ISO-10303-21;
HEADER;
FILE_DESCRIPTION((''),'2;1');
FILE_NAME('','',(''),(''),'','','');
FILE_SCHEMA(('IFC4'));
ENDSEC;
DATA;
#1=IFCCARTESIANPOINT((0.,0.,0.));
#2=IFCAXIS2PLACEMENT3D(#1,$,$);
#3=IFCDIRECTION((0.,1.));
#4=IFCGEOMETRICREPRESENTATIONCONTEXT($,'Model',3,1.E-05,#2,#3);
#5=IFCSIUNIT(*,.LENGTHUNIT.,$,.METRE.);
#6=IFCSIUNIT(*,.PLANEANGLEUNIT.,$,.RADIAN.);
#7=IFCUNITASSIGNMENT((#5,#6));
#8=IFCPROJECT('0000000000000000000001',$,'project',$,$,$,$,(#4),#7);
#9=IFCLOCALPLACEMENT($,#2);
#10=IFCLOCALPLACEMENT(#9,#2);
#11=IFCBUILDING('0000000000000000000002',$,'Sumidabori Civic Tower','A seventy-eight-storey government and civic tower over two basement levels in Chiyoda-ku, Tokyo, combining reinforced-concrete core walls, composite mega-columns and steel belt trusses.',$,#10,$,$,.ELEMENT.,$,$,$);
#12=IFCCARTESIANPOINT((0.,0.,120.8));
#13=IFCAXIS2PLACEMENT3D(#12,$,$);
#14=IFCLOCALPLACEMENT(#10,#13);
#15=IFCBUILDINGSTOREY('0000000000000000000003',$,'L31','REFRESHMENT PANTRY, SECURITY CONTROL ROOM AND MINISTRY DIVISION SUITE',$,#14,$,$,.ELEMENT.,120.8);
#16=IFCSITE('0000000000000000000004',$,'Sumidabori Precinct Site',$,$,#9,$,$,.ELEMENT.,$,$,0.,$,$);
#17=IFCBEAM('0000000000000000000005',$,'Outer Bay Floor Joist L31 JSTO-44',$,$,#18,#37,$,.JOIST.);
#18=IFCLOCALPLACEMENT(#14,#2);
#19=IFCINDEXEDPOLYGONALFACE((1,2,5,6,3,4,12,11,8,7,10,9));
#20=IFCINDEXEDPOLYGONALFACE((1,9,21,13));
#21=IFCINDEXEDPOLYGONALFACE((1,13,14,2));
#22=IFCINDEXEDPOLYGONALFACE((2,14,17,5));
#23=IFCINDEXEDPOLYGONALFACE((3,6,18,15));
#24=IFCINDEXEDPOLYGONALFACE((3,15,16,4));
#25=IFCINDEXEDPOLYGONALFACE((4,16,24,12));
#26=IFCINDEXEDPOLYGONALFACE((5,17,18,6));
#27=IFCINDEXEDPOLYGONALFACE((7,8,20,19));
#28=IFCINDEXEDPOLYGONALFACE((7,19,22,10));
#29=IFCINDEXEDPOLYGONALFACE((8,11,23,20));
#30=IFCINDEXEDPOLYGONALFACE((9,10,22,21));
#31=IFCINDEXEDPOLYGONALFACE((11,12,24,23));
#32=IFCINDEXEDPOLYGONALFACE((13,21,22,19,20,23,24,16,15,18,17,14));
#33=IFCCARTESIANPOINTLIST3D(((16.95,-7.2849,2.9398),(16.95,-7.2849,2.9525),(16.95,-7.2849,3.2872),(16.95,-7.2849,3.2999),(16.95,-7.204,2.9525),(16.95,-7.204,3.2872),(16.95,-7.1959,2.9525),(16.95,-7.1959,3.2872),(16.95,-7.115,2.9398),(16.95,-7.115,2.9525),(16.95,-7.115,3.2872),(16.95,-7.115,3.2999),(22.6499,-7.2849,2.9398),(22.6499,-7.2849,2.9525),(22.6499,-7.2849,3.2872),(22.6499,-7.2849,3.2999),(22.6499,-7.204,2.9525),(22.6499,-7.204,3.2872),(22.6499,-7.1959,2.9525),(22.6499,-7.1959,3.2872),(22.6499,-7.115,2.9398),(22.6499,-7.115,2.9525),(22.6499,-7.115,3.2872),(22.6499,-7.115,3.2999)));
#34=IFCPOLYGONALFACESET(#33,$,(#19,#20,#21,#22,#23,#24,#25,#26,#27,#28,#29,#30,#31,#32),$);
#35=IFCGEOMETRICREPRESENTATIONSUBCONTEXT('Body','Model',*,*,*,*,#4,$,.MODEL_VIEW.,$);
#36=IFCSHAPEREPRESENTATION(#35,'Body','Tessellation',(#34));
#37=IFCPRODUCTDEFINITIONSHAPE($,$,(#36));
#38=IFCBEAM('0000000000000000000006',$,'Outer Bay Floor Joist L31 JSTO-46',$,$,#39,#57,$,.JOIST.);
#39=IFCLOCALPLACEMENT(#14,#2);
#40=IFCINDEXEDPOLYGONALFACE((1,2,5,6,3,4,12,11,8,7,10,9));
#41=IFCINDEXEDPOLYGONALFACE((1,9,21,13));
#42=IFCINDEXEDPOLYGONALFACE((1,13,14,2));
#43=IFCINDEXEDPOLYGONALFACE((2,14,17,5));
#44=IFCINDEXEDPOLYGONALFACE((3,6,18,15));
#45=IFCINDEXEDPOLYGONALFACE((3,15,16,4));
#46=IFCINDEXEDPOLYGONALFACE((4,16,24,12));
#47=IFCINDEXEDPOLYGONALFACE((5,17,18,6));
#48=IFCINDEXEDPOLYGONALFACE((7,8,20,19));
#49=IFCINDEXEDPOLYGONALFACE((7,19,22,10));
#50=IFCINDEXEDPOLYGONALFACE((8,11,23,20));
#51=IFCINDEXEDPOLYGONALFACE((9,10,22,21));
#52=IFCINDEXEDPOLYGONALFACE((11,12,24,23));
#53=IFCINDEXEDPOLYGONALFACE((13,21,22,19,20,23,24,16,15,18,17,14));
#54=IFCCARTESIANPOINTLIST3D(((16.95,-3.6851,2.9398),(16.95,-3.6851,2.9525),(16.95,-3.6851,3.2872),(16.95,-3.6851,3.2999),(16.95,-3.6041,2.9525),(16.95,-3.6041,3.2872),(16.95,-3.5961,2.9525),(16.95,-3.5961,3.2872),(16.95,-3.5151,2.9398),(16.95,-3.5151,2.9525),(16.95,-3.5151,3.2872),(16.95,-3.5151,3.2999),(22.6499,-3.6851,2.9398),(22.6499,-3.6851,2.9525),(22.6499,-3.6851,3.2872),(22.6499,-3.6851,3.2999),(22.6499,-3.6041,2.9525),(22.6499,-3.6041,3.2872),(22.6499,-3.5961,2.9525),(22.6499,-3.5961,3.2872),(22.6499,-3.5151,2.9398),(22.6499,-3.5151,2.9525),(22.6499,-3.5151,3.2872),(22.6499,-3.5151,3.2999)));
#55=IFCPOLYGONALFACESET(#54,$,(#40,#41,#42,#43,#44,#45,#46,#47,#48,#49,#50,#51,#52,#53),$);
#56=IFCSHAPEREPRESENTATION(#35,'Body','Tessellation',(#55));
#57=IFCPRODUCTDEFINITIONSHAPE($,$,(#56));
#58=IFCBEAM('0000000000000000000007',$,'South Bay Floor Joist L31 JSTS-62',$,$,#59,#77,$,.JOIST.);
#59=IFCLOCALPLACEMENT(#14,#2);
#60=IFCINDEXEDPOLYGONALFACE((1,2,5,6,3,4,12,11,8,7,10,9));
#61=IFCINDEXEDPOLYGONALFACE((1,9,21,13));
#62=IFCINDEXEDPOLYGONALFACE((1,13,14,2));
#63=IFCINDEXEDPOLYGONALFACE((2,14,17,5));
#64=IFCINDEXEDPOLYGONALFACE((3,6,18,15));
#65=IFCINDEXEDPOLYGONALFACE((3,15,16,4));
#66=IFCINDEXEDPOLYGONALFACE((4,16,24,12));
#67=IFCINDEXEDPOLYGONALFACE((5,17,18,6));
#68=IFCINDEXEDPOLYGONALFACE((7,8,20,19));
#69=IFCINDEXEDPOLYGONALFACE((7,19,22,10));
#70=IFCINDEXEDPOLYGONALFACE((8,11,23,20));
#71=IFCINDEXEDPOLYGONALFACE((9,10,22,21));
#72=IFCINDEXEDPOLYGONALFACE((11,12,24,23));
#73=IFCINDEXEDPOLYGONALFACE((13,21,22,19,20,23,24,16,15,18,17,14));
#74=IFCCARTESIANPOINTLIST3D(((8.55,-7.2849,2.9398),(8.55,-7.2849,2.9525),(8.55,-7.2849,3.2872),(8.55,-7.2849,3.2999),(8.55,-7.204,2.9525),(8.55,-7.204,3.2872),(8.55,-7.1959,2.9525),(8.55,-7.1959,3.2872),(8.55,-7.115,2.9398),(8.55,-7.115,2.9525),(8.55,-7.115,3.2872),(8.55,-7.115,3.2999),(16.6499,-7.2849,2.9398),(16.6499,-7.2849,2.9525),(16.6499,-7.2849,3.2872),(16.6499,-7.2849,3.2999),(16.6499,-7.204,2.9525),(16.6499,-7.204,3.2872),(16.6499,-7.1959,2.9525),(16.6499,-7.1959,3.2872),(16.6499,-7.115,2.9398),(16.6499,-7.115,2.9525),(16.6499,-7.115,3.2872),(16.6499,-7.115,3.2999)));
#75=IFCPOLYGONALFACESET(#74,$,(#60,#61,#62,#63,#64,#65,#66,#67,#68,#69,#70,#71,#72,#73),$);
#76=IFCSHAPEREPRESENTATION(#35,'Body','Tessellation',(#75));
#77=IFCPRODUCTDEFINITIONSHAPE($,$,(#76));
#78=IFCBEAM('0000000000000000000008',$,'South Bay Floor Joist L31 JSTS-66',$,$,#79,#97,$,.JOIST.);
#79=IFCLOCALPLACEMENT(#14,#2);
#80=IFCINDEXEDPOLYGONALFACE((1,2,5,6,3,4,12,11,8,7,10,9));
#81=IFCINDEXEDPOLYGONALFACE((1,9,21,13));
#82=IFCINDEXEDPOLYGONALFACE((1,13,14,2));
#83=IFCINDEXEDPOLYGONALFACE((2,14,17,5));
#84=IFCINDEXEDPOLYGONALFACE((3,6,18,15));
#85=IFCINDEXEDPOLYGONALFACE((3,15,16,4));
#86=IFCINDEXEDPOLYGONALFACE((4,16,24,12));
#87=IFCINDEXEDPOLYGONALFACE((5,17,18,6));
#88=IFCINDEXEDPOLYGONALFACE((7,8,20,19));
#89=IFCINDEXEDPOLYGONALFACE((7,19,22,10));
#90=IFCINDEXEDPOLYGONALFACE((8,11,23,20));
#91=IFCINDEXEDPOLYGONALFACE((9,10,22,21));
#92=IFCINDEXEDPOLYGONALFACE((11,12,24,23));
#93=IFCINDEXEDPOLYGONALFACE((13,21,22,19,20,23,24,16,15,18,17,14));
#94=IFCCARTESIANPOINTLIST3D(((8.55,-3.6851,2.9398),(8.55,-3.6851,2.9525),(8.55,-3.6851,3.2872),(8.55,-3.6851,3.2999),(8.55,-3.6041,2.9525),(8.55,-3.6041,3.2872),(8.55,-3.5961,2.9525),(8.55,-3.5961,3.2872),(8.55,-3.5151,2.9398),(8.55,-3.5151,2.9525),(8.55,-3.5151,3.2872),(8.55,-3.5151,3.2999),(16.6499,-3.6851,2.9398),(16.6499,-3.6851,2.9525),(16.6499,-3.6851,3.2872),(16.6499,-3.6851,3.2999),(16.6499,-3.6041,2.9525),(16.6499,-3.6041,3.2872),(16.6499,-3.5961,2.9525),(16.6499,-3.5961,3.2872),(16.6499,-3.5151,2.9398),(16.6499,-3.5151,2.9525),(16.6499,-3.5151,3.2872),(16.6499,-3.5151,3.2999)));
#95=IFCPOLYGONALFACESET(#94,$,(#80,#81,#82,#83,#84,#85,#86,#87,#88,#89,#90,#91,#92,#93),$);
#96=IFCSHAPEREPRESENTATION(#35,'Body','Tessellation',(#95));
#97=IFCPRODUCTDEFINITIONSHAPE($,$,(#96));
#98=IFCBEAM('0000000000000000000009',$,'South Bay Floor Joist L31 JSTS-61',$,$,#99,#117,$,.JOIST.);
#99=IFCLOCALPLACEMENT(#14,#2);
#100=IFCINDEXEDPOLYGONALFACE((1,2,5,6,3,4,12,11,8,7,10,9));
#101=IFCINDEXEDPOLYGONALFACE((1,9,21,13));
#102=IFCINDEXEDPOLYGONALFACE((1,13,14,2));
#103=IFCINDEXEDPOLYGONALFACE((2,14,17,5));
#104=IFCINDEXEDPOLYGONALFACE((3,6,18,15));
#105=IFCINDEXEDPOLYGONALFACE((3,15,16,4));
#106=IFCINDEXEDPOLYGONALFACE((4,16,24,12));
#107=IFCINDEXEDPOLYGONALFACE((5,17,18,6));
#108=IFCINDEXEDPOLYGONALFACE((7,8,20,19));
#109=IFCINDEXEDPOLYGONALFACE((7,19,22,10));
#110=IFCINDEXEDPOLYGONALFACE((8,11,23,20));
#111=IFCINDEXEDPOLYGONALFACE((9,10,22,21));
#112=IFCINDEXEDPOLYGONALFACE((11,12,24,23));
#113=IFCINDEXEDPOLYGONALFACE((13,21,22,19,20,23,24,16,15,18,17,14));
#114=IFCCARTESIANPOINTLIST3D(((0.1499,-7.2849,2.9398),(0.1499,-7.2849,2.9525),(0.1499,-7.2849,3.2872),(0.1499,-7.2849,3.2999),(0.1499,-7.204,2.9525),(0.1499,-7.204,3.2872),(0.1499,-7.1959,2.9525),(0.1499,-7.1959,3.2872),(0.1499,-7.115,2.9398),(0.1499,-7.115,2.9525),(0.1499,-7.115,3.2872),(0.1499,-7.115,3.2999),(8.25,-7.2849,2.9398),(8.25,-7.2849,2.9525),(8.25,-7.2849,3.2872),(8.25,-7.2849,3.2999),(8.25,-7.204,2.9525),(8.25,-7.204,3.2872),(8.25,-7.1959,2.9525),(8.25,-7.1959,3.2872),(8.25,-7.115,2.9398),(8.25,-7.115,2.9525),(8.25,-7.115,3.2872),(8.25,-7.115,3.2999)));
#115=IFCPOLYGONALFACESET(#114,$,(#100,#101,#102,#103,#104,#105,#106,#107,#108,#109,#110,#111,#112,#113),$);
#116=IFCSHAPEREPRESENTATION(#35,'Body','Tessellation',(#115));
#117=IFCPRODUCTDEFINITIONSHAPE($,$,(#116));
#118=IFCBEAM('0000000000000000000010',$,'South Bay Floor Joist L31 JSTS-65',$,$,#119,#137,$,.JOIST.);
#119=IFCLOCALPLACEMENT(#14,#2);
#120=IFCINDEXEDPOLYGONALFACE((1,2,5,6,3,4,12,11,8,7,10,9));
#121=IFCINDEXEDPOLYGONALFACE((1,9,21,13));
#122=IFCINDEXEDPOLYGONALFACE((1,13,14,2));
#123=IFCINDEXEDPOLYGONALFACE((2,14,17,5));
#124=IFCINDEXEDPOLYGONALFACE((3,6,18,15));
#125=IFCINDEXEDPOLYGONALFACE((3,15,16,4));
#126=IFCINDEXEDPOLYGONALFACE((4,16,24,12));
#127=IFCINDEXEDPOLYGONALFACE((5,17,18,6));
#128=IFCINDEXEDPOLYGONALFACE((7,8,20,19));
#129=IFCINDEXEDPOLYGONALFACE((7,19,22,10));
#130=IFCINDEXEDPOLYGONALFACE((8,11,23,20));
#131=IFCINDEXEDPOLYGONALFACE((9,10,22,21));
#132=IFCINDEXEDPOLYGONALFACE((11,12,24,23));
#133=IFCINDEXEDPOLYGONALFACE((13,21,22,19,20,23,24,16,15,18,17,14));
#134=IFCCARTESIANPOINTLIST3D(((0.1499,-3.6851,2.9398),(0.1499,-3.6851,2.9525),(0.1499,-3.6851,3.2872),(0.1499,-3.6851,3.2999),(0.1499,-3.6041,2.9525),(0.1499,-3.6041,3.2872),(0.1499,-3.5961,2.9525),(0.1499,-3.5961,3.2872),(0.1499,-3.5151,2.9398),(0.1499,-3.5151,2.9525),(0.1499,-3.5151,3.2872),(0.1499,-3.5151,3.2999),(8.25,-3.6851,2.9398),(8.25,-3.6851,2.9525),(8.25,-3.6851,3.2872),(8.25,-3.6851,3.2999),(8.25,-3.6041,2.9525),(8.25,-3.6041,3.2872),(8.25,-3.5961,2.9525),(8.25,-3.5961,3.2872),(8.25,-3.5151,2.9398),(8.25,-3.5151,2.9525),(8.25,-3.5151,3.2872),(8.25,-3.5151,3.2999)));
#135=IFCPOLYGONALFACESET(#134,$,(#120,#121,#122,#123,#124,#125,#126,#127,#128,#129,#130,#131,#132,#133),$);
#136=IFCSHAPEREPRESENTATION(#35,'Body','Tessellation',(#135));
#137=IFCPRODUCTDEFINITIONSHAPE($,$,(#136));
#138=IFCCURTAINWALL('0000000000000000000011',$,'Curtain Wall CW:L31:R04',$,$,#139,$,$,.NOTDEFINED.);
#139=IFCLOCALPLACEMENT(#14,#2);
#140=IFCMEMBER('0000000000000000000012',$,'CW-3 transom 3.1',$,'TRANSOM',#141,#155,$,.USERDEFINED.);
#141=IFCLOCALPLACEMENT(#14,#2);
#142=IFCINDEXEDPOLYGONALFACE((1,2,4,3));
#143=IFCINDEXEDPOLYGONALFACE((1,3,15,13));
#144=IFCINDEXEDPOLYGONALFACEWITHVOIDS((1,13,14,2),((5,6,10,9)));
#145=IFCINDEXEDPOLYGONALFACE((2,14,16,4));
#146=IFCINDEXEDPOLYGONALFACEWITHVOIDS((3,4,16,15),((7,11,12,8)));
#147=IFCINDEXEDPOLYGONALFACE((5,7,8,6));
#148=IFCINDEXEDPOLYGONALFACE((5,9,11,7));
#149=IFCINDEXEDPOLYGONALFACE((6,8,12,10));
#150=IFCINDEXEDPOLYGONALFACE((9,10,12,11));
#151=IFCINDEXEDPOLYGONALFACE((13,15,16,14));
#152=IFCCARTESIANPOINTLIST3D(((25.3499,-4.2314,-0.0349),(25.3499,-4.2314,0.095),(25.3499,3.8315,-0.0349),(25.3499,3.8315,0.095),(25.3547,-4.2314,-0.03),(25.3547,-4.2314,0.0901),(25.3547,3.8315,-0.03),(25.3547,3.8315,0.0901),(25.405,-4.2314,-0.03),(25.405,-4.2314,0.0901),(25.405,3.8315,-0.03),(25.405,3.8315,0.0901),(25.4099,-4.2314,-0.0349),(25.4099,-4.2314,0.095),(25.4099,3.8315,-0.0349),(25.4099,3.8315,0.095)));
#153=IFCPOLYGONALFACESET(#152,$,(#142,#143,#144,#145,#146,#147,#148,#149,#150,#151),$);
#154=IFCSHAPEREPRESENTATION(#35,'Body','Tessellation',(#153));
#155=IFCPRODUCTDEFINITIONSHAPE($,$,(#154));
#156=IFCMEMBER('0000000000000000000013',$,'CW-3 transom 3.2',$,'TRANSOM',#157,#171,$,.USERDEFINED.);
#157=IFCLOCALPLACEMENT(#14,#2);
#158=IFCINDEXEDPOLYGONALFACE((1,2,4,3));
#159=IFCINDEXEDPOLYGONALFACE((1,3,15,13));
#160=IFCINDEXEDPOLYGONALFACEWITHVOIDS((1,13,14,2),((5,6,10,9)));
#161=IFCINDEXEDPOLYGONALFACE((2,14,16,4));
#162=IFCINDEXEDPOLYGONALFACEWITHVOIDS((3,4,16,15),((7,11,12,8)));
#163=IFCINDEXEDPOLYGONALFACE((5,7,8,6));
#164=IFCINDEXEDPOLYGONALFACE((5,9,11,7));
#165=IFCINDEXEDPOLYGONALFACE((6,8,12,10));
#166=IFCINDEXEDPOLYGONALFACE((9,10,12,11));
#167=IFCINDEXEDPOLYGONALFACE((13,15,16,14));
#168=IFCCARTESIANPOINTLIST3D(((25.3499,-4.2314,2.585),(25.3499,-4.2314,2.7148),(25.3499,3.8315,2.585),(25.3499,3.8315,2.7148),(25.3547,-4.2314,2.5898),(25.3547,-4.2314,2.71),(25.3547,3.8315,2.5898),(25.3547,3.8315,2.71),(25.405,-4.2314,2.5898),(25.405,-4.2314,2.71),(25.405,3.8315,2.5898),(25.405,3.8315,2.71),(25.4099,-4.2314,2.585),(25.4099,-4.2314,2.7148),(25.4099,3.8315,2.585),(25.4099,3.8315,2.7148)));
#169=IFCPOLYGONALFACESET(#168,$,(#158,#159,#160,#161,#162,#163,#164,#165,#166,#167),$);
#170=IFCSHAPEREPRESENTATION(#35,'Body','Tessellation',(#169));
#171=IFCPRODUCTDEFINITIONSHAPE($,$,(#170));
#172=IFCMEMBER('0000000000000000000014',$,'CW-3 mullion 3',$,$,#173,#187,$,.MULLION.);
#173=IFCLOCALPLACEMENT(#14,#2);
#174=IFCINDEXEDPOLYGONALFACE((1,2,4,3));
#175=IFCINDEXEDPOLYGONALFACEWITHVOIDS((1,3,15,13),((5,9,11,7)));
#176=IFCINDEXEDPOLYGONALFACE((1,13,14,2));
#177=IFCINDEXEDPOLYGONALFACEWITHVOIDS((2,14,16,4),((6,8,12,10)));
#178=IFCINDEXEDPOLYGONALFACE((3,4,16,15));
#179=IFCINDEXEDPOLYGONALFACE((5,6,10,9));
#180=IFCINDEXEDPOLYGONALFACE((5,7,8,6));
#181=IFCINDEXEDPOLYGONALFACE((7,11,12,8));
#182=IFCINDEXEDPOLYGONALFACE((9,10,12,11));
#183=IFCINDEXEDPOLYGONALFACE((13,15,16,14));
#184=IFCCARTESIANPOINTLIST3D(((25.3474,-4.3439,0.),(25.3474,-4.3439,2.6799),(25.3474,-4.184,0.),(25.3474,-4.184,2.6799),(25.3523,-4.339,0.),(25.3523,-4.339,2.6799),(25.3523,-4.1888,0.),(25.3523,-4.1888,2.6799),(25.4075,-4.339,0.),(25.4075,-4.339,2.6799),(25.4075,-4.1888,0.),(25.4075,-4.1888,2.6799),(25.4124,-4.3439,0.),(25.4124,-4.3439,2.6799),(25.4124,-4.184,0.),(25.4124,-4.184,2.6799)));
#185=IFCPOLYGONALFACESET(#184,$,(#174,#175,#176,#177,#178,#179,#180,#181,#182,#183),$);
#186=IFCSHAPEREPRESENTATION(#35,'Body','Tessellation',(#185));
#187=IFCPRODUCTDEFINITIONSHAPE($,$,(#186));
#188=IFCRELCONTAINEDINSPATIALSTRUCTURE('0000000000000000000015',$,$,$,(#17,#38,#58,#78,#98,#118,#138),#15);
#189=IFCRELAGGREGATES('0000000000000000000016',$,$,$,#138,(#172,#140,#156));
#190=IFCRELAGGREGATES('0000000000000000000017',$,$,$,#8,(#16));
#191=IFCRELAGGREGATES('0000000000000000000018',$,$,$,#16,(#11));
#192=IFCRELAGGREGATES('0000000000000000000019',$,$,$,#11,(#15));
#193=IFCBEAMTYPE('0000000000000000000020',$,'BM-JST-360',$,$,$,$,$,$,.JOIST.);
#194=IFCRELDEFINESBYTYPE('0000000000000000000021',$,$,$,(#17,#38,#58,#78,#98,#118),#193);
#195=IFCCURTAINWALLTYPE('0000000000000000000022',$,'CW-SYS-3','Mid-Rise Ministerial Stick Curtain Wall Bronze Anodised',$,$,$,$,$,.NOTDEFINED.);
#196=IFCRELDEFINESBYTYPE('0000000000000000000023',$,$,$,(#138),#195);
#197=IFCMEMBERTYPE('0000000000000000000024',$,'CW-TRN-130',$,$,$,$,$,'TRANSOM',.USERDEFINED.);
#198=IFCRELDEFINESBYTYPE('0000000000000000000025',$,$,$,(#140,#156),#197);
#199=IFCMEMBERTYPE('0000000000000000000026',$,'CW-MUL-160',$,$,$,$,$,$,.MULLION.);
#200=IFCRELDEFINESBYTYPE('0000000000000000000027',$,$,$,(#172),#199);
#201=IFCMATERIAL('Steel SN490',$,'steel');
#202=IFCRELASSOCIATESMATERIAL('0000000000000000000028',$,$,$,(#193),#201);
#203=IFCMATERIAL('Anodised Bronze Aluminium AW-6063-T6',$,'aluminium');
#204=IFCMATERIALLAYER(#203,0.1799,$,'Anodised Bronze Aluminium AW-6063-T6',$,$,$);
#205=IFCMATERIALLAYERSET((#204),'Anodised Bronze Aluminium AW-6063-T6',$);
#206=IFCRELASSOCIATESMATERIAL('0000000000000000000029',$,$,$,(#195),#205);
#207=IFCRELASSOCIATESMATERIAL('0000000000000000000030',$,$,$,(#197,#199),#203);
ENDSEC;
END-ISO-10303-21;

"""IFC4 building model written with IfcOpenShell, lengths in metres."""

from ifc_helpers import new_model, si_unit, direction, frame, origin, origin_2d, place, context, subcontext, project, spatial, hollow_rectangle, i_section, extrude, source, transform, mapped, material, layer, layer_set, material_profile, profile_set, type_object, element, aggregate, save


model = new_model("IFC4")

# Units and contexts
model_context = context("Model", 3, precision=1e-05, world=origin(), true_north=direction((0.0, 1.0)))
body_context = subcontext(model_context, "Body", "Model", "MODEL_VIEW")
ifc_project = project(units=[si_unit("LENGTHUNIT", "METRE"), si_unit("PLANEANGLEUNIT", "RADIAN")], contexts=[model_context])

# Site, building, storey
site_placement = place(None, origin())
site = spatial("IfcSite", under=ifc_project, at=site_placement, Name="Sumidabori Precinct Site", CompositionType="ELEMENT", RefElevation=0.0)
building_placement = place(site_placement, origin())
building = spatial("IfcBuilding", under=site, at=building_placement, Name="Sumidabori Civic Tower", Description="A seventy-eight-storey government and civic tower over two basement levels in Chiyoda-ku, Tokyo, combining reinforced-concrete core walls, composite mega-columns and steel belt trusses.", CompositionType="ELEMENT")
storey_placement = place(building_placement, frame((0.0, 0.0, 120.8)))
storey = spatial("IfcBuildingStorey", under=building, at=storey_placement, Name="L31", Description="REFRESHMENT PANTRY, SECURITY CONTROL ROOM AND MINISTRY DIVISION SUITE", CompositionType="ELEMENT", Elevation=120.8)

# Beams
ifc_material_1 = material(Name="Steel SN490", Category="steel")
ifc_material_profile_1 = material_profile(ifc_material_1, i_section(OverallWidth=0.1699, OverallDepth=0.3601, WebThickness=0.0081, FlangeThickness=0.0127, at=origin_2d()), Name="IPE 360")
ifc_profile_set_1 = profile_set([ifc_material_profile_1], Name="Steel SN490")
beam_type_1 = type_object("IfcBeamType", Name="BM-JST-360", PredefinedType="JOIST", material=ifc_profile_set_1)
shared_shape_1 = source(origin(), body_context, "Body", "SweptSolid", [
    extrude(i_section(OverallWidth=0.1699, OverallDepth=0.3601, WebThickness=0.0081, FlangeThickness=0.0127, at=origin_2d()), origin(), (0.0, 0.0, 1.0), 5.7),
])
for number, where, z_axis, x_axis, name in (
    (1, (16.95, -7.2, 3.1199), (1.0, 0.0, 0.0), (0.0, 1.0, 0.0), "Outer Bay Floor Joist L31 JSTO-44"),
    (2, (16.95, -3.6001, 3.1199), (1.0, 0.0, 0.0), (0.0, 1.0, 0.0), "Outer Bay Floor Joist L31 JSTO-46"),
):
    element("IfcBeam", number, at=place(storey_placement, frame(where, z_axis=z_axis, x_axis=x_axis)), inside=storey, type_object=beam_type_1, Name=name, PredefinedType="JOIST", context=body_context, shape_type="MappedRepresentation", body=[
        mapped(shared_shape_1, transform((0.0, 0.0, 0.0), x_axis=(1.0, 0.0, 0.0), y_axis=(0.0, 1.0, 0.0), z_axis=(0.0, 0.0, 1.0), scale=1.0)),
    ])
shared_shape_2 = source(origin(), body_context, "Body", "SweptSolid", [
    extrude(i_section(OverallWidth=0.1699, OverallDepth=0.3601, WebThickness=0.0081, FlangeThickness=0.0127, at=origin_2d()), origin(), (0.0, 0.0, 1.0), 8.0999),
])
for number, where, z_axis, x_axis, name in (
    (3, (8.55, -7.2, 3.1199), (1.0, 0.0, 0.0), (0.0, 1.0, 0.0), "South Bay Floor Joist L31 JSTS-62"),
    (4, (8.55, -3.6001, 3.1199), (1.0, 0.0, 0.0), (0.0, 1.0, 0.0), "South Bay Floor Joist L31 JSTS-66"),
):
    element("IfcBeam", number, at=place(storey_placement, frame(where, z_axis=z_axis, x_axis=x_axis)), inside=storey, type_object=beam_type_1, Name=name, PredefinedType="JOIST", context=body_context, shape_type="MappedRepresentation", body=[
        mapped(shared_shape_2, transform((0.0, 0.0, 0.0), x_axis=(1.0, 0.0, 0.0), y_axis=(0.0, 1.0, 0.0), z_axis=(0.0, 0.0, 1.0), scale=1.0)),
    ])
shared_shape_3 = source(origin(), body_context, "Body", "SweptSolid", [
    extrude(i_section(OverallWidth=0.1699, OverallDepth=0.3601, WebThickness=0.0081, FlangeThickness=0.0127, at=origin_2d()), origin(), (0.0, 0.0, 1.0), 8.1001),
])
for number, where, z_axis, x_axis, name in (
    (5, (0.1499, -7.2, 3.1199), (1.0, 0.0, 0.0), (0.0, 1.0, 0.0), "South Bay Floor Joist L31 JSTS-61"),
    (6, (0.1499, -3.6001, 3.1199), (1.0, 0.0, 0.0), (0.0, 1.0, 0.0), "South Bay Floor Joist L31 JSTS-65"),
):
    element("IfcBeam", number, at=place(storey_placement, frame(where, z_axis=z_axis, x_axis=x_axis)), inside=storey, type_object=beam_type_1, Name=name, PredefinedType="JOIST", context=body_context, shape_type="MappedRepresentation", body=[
        mapped(shared_shape_3, transform((0.0, 0.0, 0.0), x_axis=(1.0, 0.0, 0.0), y_axis=(0.0, 1.0, 0.0), z_axis=(0.0, 0.0, 1.0), scale=1.0)),
    ])

# Curtain wall, members
ifc_material_2 = material(Name="Anodised Bronze Aluminium AW-6063-T6", Category="aluminium")
ifc_layer_1 = layer(ifc_material_2, 0.1799, Name="Anodised Bronze Aluminium AW-6063-T6")
ifc_layer_set_1 = layer_set([ifc_layer_1], Name="Anodised Bronze Aluminium AW-6063-T6")
curtain_wall_type = type_object("IfcCurtainWallType", Name="CW-SYS-3", Description="Mid-Rise Ministerial Stick Curtain Wall Bronze Anodised", PredefinedType="NOTDEFINED", material=ifc_layer_set_1)
curtain_wall_placement = place(storey_placement, origin())
curtain_wall = element("IfcCurtainWall", 7, at=curtain_wall_placement, inside=storey, type_object=curtain_wall_type, Name="Curtain Wall CW:L31:R04", PredefinedType="NOTDEFINED")
ifc_material_profile_2 = material_profile(ifc_material_2, hollow_rectangle(XDim=0.0601, YDim=0.1299, WallThickness=0.0049, at=origin_2d()), Name="ALU TRANSOM 130x60")
ifc_profile_set_2 = profile_set([ifc_material_profile_2], Name="Anodised Bronze Aluminium AW-6063-T6")
member_type_1 = type_object("IfcMemberType", Name="CW-TRN-130", ElementType="TRANSOM", PredefinedType="USERDEFINED", material=ifc_profile_set_2)
shared_shape_4 = source(origin(), body_context, "Body", "SweptSolid", [
    extrude(hollow_rectangle(XDim=0.0601, YDim=0.1299, WallThickness=0.0049, at=origin_2d()), origin(), (0.0, 0.0, 1.0), 8.063),
])
member_1_placement = place(storey_placement, frame((25.3799, -4.2314, 0.03), z_axis=(0.0, 1.0, 0.0), x_axis=(-1.0, 0.0, 0.0)))
member_1 = element("IfcMember", 8, at=member_1_placement, type_object=member_type_1, Name="CW-3 transom 3.1", ObjectType="TRANSOM", PredefinedType="USERDEFINED", context=body_context, shape_type="MappedRepresentation", body=[
    mapped(shared_shape_4, transform((0.0, 0.0, 0.0), x_axis=(1.0, 0.0, 0.0), y_axis=(0.0, 1.0, 0.0), z_axis=(0.0, 0.0, 1.0), scale=1.0)),
])
member_2_placement = place(storey_placement, frame((25.3799, -4.2314, 2.6499), z_axis=(0.0, 1.0, 0.0), x_axis=(-1.0, 0.0, 0.0)))
member_2 = element("IfcMember", 9, at=member_2_placement, type_object=member_type_1, Name="CW-3 transom 3.2", ObjectType="TRANSOM", PredefinedType="USERDEFINED", context=body_context, shape_type="MappedRepresentation", body=[
    mapped(shared_shape_4, transform((0.0, 0.0, 0.0), x_axis=(1.0, 0.0, 0.0), y_axis=(0.0, 1.0, 0.0), z_axis=(0.0, 0.0, 1.0), scale=1.0)),
])
ifc_material_profile_3 = material_profile(ifc_material_2, hollow_rectangle(XDim=0.0649, YDim=0.1599, WallThickness=0.0049, at=origin_2d()), Name="ALU MULLION 160x65")
ifc_profile_set_3 = profile_set([ifc_material_profile_3], Name="Anodised Bronze Aluminium AW-6063-T6")
member_type_2 = type_object("IfcMemberType", Name="CW-MUL-160", PredefinedType="MULLION", material=ifc_profile_set_3)
shared_shape_5 = source(origin(), body_context, "Body", "SweptSolid", [
    extrude(hollow_rectangle(XDim=0.0649, YDim=0.1599, WallThickness=0.0049, at=origin_2d()), origin(), (0.0, 0.0, 1.0), 2.6799),
])
member_3_placement = place(storey_placement, frame((25.3799, -4.2639, 0.0), z_axis=(0.0, 0.0, 1.0), x_axis=(-1.0, 0.0, 0.0)))
member_3 = element("IfcMember", 10, at=member_3_placement, type_object=member_type_2, Name="CW-3 mullion 3", PredefinedType="MULLION", context=body_context, shape_type="MappedRepresentation", body=[
    mapped(shared_shape_5, transform((0.0, 0.0, 0.0), x_axis=(1.0, 0.0, 0.0), y_axis=(0.0, 1.0, 0.0), z_axis=(0.0, 0.0, 1.0), scale=1.0)),
])
aggregate(curtain_wall, [member_3, member_1, member_2])

save(model, "model.ifc")
